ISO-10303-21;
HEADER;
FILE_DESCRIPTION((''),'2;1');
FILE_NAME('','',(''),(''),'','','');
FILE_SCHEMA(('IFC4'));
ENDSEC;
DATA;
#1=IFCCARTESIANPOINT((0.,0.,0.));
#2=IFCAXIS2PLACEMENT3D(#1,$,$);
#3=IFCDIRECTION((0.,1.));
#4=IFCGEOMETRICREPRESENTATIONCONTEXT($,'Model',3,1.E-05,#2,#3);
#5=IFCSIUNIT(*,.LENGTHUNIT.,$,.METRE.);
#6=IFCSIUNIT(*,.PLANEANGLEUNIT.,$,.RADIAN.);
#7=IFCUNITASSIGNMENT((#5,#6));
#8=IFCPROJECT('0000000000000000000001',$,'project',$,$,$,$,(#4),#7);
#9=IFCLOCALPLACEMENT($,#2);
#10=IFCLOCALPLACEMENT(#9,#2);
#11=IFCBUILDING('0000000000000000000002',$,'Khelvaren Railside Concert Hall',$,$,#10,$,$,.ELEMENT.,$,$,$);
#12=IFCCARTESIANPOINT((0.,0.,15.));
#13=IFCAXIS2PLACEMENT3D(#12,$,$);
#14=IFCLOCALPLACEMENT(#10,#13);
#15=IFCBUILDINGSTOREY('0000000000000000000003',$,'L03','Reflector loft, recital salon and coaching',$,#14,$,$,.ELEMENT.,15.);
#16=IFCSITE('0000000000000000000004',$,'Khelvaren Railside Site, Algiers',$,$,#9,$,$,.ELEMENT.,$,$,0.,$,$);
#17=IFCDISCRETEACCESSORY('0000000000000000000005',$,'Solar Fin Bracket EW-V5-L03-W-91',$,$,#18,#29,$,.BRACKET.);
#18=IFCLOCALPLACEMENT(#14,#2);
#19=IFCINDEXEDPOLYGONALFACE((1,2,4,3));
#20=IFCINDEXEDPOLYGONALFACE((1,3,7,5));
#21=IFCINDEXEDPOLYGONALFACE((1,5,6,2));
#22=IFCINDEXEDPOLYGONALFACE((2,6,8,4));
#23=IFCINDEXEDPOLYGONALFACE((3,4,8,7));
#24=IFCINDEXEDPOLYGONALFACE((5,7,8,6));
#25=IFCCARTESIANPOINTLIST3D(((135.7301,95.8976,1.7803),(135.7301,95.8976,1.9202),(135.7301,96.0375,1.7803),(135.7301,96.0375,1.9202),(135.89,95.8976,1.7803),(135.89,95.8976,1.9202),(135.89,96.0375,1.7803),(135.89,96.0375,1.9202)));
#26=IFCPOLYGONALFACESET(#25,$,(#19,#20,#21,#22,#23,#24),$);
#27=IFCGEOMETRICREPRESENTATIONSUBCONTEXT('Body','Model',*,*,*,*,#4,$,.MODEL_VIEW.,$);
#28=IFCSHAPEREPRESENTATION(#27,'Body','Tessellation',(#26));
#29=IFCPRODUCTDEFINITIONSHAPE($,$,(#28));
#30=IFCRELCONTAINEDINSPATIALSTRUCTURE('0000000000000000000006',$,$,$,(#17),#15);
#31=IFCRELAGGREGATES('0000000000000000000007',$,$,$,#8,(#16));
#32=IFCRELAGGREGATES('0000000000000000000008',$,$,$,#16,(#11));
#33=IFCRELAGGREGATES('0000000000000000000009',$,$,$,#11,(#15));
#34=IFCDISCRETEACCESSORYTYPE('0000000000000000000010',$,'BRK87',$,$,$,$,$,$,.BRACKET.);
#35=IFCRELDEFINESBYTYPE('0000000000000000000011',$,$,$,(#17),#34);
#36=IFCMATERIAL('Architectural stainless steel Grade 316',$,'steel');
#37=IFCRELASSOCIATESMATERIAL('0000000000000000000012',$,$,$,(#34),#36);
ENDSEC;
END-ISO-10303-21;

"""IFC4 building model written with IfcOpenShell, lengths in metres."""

from ifc_helpers import new_model, si_unit, direction, frame, origin, origin_2d, place, context, subcontext, project, spatial, rectangle, extrude, material, type_object, element, save


model = new_model("IFC4")

# Units and contexts
model_context = context("Model", 3, precision=1e-05, world=origin(), true_north=direction((0.0, 1.0)))
body_context = subcontext(model_context, "Body", "Model", "MODEL_VIEW")
ifc_project = project(units=[si_unit("LENGTHUNIT", "METRE"), si_unit("PLANEANGLEUNIT", "RADIAN")], contexts=[model_context])

# Site, building, storey
site_placement = place(None, origin())
site = spatial("IfcSite", under=ifc_project, at=site_placement, Name="Khelvaren Railside Site, Algiers", CompositionType="ELEMENT", RefElevation=0.0)
building_placement = place(site_placement, origin())
building = spatial("IfcBuilding", under=site, at=building_placement, Name="Khelvaren Railside Concert Hall", CompositionType="ELEMENT")
storey_placement = place(building_placement, frame((0.0, 0.0, 15.0)))
storey = spatial("IfcBuildingStorey", under=building, at=storey_placement, Name="L03", Description="Reflector loft, recital salon and coaching", CompositionType="ELEMENT", Elevation=15.0)

# Shared definitions
ifc_material_1 = material(Name="Architectural stainless steel Grade 316", Category="steel")

# Discrete accessory
discrete_accessory_type = type_object("IfcDiscreteAccessoryType", Name="BRK87", PredefinedType="BRACKET", material=ifc_material_1)
discrete_accessory_placement = place(storey_placement, frame((135.8101, 95.9675, 1.7803), z_axis=(0.0, 0.0, 1.0), x_axis=(0.0, 1.0, 0.0)))
element("IfcDiscreteAccessory", 1, at=discrete_accessory_placement, inside=storey, type_object=discrete_accessory_type, Name="Solar Fin Bracket EW-V5-L03-W-91", PredefinedType="BRACKET", context=body_context, shape_type="SweptSolid", body=[
    extrude(rectangle(XDim=0.1399, YDim=0.1599, at=origin_2d()), origin(), (0.0, 0.0, 1.0), 0.1399),
])

save(model, "model.ifc")
